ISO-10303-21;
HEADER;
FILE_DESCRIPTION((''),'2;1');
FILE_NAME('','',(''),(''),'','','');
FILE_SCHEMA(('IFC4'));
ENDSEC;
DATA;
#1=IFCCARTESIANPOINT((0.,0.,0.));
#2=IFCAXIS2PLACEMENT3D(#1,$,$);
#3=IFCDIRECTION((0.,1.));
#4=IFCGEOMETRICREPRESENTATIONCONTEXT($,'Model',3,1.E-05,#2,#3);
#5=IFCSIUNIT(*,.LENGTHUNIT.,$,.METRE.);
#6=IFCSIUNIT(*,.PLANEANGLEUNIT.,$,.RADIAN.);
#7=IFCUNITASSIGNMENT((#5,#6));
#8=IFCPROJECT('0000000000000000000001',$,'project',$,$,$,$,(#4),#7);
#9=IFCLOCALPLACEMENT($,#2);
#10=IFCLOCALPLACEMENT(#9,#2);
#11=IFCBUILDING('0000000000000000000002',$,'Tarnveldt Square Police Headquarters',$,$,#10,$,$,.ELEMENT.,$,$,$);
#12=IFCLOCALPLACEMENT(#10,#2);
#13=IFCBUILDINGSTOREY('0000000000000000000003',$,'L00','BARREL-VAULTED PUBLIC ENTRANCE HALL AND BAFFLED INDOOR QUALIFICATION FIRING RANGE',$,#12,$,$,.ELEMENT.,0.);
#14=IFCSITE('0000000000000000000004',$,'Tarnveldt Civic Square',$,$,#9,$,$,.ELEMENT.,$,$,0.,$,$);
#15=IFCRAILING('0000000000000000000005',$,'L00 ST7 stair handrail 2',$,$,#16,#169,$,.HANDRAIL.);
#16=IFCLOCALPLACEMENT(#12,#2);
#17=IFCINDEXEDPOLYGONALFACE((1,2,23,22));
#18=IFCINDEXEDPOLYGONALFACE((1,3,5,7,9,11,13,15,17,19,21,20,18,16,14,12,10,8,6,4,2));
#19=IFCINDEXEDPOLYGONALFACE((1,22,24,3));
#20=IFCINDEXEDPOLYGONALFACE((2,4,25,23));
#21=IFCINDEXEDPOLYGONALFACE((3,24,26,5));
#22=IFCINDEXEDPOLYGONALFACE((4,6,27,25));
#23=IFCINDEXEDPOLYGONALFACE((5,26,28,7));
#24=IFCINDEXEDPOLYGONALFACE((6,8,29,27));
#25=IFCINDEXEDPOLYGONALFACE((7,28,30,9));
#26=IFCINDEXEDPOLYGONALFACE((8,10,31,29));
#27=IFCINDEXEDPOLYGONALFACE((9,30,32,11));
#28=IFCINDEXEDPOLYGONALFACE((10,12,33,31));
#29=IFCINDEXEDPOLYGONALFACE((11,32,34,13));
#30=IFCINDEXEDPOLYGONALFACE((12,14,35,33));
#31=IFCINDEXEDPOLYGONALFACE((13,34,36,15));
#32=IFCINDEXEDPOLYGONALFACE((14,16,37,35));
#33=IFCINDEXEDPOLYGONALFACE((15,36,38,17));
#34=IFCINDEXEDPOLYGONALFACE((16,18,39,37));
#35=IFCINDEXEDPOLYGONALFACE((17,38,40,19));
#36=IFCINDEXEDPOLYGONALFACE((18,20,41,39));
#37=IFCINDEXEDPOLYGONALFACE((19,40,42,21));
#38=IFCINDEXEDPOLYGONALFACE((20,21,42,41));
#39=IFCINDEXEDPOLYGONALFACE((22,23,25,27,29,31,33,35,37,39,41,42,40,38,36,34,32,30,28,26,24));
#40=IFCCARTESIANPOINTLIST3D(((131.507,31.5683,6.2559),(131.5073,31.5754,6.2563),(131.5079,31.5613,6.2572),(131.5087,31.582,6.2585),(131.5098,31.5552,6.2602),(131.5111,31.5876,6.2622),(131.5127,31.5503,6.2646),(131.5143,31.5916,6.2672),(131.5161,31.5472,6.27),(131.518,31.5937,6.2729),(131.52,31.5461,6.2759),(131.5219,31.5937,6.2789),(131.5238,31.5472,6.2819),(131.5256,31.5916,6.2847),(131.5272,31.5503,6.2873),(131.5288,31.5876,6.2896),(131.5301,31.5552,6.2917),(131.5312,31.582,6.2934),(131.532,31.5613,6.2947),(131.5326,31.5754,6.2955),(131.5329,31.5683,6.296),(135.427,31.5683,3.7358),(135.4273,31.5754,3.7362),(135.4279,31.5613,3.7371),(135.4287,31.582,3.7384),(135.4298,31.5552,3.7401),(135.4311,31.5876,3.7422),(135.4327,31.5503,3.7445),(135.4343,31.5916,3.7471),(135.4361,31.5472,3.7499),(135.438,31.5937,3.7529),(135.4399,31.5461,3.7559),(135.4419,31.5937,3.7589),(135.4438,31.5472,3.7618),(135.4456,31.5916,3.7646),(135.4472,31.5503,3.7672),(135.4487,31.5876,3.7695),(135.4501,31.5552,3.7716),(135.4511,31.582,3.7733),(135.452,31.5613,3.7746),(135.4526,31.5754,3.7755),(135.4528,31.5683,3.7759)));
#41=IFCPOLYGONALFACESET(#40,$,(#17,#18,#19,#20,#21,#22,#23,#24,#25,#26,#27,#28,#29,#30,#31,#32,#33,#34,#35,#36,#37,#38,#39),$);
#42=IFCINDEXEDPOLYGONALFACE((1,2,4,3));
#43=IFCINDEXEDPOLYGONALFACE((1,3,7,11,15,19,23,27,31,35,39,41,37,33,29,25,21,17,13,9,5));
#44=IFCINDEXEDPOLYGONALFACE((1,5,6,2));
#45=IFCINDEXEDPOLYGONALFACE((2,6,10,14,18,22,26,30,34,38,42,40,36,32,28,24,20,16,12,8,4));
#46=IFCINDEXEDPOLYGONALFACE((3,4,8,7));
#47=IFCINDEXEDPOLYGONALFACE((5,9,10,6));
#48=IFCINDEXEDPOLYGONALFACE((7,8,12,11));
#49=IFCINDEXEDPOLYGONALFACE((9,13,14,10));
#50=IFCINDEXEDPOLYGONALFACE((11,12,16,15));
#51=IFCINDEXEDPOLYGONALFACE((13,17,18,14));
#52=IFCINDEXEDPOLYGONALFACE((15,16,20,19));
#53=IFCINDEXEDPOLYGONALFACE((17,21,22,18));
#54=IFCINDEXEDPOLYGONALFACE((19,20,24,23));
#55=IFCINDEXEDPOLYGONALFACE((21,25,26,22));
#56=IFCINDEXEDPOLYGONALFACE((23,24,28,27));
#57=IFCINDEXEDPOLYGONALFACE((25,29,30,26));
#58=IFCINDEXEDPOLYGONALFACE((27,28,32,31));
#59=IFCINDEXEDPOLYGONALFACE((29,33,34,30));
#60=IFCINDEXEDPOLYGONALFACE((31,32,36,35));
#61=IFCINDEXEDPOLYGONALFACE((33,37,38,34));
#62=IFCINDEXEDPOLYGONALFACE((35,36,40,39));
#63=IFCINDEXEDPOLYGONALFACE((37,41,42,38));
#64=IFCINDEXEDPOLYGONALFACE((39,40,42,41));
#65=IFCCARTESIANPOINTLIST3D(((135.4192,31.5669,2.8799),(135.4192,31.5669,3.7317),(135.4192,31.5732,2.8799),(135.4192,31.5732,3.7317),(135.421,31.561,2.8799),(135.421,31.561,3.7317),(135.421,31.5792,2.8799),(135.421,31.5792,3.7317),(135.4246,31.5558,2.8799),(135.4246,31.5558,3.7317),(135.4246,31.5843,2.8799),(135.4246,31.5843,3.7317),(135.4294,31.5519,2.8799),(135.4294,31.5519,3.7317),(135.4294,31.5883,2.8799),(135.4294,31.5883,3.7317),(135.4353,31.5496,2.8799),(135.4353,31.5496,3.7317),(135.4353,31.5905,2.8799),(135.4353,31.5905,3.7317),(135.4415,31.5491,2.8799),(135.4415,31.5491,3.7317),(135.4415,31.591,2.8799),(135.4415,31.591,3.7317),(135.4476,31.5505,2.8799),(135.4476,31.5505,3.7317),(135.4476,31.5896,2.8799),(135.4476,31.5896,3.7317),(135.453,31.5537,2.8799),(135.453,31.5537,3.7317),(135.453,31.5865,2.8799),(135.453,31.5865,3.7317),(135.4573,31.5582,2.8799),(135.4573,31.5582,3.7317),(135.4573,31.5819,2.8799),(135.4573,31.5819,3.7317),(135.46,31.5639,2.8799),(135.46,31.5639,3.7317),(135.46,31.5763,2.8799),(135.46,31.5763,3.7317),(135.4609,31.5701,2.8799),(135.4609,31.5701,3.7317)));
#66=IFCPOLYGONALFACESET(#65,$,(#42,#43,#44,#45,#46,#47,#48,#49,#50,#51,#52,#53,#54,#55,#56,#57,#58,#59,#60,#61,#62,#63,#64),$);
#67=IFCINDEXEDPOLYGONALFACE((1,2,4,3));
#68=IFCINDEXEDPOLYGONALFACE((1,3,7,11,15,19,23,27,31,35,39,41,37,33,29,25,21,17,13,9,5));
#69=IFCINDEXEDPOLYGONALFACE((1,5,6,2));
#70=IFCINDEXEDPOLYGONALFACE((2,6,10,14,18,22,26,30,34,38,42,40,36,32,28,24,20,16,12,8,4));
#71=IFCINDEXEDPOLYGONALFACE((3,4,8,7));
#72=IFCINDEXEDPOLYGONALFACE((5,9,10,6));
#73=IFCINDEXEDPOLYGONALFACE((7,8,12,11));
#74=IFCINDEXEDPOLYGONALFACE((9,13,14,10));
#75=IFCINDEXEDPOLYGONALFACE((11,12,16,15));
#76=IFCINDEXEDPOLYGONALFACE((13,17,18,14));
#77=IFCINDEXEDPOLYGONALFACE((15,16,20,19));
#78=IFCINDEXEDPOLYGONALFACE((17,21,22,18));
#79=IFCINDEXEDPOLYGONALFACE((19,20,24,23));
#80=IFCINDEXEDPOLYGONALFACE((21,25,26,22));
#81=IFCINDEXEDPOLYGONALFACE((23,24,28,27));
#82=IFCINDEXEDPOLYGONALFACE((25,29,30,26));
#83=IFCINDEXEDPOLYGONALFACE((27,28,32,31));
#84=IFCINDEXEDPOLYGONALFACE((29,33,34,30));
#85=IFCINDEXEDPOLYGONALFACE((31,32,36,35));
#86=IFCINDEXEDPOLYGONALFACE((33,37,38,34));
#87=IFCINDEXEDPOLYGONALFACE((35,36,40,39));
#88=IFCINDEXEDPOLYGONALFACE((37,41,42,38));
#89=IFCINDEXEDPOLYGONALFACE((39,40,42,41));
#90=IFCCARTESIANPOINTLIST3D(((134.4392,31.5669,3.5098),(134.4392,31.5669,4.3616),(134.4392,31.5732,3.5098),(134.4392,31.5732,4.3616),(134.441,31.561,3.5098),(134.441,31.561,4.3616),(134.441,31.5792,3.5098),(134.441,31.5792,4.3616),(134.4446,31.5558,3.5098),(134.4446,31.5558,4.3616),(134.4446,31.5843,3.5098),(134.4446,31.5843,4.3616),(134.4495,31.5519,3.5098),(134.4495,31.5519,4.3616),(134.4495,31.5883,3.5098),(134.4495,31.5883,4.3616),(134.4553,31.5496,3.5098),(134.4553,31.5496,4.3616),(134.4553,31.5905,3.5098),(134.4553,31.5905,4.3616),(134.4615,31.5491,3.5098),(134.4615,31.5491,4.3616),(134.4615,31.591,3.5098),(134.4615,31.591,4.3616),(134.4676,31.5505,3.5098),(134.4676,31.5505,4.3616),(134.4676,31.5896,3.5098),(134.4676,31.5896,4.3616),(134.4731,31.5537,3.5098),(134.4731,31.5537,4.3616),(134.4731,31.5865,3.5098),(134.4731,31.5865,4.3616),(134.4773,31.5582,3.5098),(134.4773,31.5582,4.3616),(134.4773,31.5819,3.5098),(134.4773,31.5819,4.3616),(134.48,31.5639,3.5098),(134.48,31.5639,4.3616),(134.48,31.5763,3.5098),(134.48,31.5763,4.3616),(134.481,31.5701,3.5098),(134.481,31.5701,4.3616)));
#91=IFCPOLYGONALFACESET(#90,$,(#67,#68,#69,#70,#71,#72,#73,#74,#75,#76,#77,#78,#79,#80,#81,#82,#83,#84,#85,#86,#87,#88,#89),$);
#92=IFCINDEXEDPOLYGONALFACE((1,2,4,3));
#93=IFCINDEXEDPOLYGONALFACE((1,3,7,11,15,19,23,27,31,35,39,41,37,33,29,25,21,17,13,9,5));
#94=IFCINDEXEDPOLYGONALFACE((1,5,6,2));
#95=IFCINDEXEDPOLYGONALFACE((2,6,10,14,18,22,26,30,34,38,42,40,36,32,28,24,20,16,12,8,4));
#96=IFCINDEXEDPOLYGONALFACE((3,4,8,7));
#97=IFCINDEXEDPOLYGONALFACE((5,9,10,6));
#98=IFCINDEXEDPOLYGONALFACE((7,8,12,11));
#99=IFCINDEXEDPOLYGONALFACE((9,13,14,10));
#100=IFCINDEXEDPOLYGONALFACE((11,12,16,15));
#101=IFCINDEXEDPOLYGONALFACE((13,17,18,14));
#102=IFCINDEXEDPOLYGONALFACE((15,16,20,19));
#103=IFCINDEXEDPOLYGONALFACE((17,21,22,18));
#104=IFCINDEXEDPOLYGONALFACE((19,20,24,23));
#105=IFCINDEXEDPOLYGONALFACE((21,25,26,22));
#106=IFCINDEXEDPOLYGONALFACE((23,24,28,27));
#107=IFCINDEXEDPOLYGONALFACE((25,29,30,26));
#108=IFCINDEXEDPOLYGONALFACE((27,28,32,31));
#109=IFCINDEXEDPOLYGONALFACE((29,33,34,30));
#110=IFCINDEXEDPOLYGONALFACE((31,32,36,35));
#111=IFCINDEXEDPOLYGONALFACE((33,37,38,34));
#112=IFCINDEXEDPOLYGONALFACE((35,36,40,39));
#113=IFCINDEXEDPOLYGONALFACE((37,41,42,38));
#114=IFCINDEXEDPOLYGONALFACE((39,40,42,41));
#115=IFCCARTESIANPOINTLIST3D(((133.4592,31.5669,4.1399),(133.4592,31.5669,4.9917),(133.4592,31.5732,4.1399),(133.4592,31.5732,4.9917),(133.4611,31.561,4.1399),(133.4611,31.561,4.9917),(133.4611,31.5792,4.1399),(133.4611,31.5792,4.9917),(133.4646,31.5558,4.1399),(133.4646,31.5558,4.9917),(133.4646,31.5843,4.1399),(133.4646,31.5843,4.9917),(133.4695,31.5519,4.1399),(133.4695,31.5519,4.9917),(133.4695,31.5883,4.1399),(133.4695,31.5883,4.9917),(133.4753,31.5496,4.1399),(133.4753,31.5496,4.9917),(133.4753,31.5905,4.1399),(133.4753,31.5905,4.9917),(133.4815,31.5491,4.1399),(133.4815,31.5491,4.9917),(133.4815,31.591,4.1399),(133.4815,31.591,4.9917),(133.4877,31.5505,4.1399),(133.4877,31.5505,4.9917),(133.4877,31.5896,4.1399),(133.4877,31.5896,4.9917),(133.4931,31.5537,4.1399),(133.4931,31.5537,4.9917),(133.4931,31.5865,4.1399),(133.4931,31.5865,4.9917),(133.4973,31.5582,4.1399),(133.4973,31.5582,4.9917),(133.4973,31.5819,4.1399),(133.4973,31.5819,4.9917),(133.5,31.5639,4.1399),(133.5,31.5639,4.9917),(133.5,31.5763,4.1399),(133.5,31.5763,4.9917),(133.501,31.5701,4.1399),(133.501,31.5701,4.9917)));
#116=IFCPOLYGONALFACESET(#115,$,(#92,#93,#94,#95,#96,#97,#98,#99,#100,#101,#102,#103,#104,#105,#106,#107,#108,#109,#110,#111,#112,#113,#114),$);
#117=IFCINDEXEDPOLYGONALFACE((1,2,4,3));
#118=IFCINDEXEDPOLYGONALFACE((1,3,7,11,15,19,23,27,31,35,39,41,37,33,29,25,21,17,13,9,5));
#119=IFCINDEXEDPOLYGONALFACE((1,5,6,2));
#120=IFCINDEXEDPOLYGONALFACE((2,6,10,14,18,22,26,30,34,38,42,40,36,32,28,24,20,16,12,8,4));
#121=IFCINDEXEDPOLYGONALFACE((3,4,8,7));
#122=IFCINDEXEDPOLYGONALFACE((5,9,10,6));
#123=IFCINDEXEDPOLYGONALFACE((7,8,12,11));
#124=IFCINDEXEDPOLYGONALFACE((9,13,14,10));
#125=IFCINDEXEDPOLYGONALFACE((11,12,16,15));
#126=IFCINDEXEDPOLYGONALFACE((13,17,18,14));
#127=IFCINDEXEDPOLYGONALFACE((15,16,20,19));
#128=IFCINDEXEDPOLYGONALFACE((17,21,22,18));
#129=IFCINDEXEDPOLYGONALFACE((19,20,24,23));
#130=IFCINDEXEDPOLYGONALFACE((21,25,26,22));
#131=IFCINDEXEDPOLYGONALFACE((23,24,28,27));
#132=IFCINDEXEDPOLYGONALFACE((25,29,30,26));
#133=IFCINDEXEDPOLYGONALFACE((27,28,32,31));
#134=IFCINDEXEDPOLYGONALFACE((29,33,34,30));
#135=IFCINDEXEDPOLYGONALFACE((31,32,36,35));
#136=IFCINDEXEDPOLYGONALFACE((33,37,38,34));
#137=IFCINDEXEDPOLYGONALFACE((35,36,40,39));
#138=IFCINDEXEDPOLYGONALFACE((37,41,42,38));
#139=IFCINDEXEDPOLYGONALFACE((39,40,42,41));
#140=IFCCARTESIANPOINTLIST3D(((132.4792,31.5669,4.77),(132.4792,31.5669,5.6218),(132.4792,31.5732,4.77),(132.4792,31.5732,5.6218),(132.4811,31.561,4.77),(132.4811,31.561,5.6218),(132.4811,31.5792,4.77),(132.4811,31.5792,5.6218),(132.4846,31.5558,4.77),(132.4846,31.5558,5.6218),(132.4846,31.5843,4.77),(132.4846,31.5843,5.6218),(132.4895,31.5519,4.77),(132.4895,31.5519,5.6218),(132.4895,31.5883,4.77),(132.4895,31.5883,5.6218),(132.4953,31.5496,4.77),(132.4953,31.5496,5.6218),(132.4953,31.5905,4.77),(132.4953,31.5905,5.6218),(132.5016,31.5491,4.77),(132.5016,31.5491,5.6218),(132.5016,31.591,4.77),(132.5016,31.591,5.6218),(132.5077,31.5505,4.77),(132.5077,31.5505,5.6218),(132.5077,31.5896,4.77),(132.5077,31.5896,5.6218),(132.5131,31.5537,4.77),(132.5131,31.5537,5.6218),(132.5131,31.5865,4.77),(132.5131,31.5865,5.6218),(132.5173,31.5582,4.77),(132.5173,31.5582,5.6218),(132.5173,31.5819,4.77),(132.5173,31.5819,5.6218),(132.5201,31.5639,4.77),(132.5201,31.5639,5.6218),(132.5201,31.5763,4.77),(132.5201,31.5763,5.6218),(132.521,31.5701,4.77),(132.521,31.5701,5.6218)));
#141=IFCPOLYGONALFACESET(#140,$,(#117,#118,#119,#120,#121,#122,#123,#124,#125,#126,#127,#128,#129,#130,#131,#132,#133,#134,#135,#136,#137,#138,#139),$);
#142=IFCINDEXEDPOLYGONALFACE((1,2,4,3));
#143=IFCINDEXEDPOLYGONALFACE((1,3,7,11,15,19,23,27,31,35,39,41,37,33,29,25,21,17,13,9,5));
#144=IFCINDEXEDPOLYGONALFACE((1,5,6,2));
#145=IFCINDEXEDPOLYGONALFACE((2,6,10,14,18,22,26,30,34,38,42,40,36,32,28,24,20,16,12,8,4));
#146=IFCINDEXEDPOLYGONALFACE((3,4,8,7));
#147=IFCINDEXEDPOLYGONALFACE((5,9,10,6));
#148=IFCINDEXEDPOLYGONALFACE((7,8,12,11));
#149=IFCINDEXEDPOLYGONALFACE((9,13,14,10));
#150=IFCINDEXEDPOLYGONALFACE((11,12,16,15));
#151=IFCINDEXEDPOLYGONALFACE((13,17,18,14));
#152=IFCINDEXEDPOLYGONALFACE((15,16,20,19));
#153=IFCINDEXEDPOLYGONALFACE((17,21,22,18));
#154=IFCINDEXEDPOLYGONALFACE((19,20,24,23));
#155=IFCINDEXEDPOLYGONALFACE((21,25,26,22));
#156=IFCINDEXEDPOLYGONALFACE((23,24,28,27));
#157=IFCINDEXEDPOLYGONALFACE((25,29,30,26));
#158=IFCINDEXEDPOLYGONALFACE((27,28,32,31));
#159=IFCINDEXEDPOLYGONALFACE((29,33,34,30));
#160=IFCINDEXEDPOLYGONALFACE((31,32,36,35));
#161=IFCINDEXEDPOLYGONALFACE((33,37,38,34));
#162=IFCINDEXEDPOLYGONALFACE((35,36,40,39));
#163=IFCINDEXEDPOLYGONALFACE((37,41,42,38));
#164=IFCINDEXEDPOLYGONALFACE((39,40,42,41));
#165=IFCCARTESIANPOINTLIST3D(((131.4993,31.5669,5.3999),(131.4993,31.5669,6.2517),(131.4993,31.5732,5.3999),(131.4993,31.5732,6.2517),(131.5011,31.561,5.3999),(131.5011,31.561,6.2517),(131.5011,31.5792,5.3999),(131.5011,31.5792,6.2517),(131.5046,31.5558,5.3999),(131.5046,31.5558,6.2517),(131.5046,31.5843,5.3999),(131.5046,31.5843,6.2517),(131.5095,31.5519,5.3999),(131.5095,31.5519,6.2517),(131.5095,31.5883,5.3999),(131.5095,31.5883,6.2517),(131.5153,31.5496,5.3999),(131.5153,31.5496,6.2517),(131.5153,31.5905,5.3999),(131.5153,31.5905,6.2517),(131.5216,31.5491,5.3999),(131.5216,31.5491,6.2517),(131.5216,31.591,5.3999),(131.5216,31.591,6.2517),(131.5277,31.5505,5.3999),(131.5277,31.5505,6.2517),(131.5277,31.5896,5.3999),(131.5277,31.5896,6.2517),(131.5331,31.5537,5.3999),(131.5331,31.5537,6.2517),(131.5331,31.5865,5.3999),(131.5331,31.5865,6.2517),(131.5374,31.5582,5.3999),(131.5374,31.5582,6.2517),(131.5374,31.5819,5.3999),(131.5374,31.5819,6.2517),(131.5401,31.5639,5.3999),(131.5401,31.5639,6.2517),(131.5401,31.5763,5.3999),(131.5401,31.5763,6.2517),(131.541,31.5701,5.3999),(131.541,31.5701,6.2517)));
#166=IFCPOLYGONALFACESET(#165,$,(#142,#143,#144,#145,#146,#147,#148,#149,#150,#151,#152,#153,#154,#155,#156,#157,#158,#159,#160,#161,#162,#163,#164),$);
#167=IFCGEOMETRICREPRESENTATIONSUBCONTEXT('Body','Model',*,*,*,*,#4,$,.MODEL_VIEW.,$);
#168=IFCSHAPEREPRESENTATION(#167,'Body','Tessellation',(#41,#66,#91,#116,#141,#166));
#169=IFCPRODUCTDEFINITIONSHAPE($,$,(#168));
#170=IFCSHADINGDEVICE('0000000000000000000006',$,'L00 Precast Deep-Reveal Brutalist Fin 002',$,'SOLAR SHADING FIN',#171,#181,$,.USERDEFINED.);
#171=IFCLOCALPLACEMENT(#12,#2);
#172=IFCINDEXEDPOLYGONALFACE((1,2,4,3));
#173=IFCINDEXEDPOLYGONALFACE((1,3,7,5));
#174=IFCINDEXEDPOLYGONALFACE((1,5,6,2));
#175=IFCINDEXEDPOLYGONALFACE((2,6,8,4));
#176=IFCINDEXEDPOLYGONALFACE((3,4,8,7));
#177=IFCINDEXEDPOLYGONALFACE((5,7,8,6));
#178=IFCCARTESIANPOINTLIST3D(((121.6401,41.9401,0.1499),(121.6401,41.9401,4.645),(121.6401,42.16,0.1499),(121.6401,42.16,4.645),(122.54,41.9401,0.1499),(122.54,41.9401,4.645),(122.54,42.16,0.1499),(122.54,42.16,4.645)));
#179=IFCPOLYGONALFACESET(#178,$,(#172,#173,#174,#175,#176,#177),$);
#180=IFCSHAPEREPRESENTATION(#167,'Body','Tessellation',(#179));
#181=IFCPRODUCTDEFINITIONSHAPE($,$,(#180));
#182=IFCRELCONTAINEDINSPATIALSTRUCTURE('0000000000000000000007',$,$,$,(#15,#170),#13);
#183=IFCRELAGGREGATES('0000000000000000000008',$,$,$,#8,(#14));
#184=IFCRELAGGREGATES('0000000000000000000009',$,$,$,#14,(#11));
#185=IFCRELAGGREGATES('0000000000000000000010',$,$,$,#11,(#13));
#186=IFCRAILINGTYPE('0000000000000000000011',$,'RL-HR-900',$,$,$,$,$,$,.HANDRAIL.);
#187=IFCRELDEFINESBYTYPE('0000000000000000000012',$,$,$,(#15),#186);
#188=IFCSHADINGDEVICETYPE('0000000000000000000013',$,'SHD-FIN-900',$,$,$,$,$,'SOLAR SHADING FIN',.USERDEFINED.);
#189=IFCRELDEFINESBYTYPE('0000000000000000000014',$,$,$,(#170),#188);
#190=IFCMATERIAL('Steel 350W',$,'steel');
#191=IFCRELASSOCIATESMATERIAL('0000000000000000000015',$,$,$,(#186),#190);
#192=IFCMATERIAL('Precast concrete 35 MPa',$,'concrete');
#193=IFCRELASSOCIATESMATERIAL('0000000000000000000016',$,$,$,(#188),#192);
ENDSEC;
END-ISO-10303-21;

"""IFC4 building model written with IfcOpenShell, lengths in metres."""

from ifc_helpers import new_model, si_unit, direction, frame, origin, origin_2d, place, context, subcontext, project, spatial, rectangle, circle, extrude, material, material_profile, profile_set, type_object, element, save


model = new_model("IFC4")

# Units and contexts
model_context = context("Model", 3, precision=1e-05, world=origin(), true_north=direction((0.0, 1.0)))
body_context = subcontext(model_context, "Body", "Model", "MODEL_VIEW")
ifc_project = project(units=[si_unit("LENGTHUNIT", "METRE"), si_unit("PLANEANGLEUNIT", "RADIAN")], contexts=[model_context])

# Site, building, storey
site_placement = place(None, origin())
site = spatial("IfcSite", under=ifc_project, at=site_placement, Name="Tarnveldt Civic Square", CompositionType="ELEMENT", RefElevation=0.0)
building_placement = place(site_placement, origin())
building = spatial("IfcBuilding", under=site, at=building_placement, Name="Tarnveldt Square Police Headquarters", CompositionType="ELEMENT")
storey_placement = place(building_placement, origin())
storey = spatial("IfcBuildingStorey", under=building, at=storey_placement, Name="L00", Description="BARREL-VAULTED PUBLIC ENTRANCE HALL AND BAFFLED INDOOR QUALIFICATION FIRING RANGE", CompositionType="ELEMENT", Elevation=0.0)

# Shared definitions
ifc_material_1 = material(Name="Steel 350W", Category="steel")

# Railing
railing_type_1 = type_object("IfcRailingType", Name="RL-HR-900", PredefinedType="HANDRAIL", material=ifc_material_1)
railing_1_placement = place(storey_placement, frame((135.4399, 31.5701, 2.8799)))
element("IfcRailing", 1, at=railing_1_placement, inside=storey, type_object=railing_type_1, Name="L00 ST7 stair handrail 2", PredefinedType="HANDRAIL", context=body_context, shape_type="SweptSolid", body=[
    extrude(circle(Radius=0.0239, at=origin_2d()), frame((0.0, 0.0, 0.876), z_axis=(-0.841172, 0.0, 0.540768), x_axis=(0.0, -1.0, 0.0)), (0.0, 0.0, 1.0), 4.6602),
    extrude(circle(Radius=0.021, at=origin_2d()), origin(), (0.0, 0.0, 1.0), 0.8518),
    extrude(circle(Radius=0.021, at=origin_2d()), frame((-0.98, 0.0, 0.6299)), (0.0, 0.0, 1.0), 0.8518),
    extrude(circle(Radius=0.021, at=origin_2d()), frame((-1.96, 0.0, 1.26)), (0.0, 0.0, 1.0), 0.8518),
    extrude(circle(Radius=0.021, at=origin_2d()), frame((-2.9399, 0.0, 1.8901)), (0.0, 0.0, 1.0), 0.8518),
    extrude(circle(Radius=0.021, at=origin_2d()), frame((-3.9199, 0.0, 2.52)), (0.0, 0.0, 1.0), 0.8518),
])

# Shading device
ifc_material_2 = material(Name="Precast concrete 35 MPa", Category="concrete")
ifc_material_profile_1 = material_profile(ifc_material_2, rectangle(XDim=0.22, YDim=0.8999, at=origin_2d()), Name="PC-FIN220x900")
ifc_profile_set_1 = profile_set([ifc_material_profile_1], Name="Precast concrete 35 MPa")
shading_device_type = type_object("IfcShadingDeviceType", Name="SHD-FIN-900", ElementType="SOLAR SHADING FIN", PredefinedType="USERDEFINED", material=ifc_profile_set_1)
shading_device_placement = place(storey_placement, frame((122.0901, 42.05, 0.1499), z_axis=(0.0, 0.0, 1.0), x_axis=(0.0, 1.0, 0.0)))
element("IfcShadingDevice", 2, at=shading_device_placement, inside=storey, type_object=shading_device_type, Name="L00 Precast Deep-Reveal Brutalist Fin 002", ObjectType="SOLAR SHADING FIN", PredefinedType="USERDEFINED", context=body_context, shape_type="SweptSolid", body=[
    extrude(rectangle(XDim=0.22, YDim=0.8999, at=origin_2d()), origin(), (0.0, 0.0, 1.0), 4.4951),
])

save(model, "model.ifc")
